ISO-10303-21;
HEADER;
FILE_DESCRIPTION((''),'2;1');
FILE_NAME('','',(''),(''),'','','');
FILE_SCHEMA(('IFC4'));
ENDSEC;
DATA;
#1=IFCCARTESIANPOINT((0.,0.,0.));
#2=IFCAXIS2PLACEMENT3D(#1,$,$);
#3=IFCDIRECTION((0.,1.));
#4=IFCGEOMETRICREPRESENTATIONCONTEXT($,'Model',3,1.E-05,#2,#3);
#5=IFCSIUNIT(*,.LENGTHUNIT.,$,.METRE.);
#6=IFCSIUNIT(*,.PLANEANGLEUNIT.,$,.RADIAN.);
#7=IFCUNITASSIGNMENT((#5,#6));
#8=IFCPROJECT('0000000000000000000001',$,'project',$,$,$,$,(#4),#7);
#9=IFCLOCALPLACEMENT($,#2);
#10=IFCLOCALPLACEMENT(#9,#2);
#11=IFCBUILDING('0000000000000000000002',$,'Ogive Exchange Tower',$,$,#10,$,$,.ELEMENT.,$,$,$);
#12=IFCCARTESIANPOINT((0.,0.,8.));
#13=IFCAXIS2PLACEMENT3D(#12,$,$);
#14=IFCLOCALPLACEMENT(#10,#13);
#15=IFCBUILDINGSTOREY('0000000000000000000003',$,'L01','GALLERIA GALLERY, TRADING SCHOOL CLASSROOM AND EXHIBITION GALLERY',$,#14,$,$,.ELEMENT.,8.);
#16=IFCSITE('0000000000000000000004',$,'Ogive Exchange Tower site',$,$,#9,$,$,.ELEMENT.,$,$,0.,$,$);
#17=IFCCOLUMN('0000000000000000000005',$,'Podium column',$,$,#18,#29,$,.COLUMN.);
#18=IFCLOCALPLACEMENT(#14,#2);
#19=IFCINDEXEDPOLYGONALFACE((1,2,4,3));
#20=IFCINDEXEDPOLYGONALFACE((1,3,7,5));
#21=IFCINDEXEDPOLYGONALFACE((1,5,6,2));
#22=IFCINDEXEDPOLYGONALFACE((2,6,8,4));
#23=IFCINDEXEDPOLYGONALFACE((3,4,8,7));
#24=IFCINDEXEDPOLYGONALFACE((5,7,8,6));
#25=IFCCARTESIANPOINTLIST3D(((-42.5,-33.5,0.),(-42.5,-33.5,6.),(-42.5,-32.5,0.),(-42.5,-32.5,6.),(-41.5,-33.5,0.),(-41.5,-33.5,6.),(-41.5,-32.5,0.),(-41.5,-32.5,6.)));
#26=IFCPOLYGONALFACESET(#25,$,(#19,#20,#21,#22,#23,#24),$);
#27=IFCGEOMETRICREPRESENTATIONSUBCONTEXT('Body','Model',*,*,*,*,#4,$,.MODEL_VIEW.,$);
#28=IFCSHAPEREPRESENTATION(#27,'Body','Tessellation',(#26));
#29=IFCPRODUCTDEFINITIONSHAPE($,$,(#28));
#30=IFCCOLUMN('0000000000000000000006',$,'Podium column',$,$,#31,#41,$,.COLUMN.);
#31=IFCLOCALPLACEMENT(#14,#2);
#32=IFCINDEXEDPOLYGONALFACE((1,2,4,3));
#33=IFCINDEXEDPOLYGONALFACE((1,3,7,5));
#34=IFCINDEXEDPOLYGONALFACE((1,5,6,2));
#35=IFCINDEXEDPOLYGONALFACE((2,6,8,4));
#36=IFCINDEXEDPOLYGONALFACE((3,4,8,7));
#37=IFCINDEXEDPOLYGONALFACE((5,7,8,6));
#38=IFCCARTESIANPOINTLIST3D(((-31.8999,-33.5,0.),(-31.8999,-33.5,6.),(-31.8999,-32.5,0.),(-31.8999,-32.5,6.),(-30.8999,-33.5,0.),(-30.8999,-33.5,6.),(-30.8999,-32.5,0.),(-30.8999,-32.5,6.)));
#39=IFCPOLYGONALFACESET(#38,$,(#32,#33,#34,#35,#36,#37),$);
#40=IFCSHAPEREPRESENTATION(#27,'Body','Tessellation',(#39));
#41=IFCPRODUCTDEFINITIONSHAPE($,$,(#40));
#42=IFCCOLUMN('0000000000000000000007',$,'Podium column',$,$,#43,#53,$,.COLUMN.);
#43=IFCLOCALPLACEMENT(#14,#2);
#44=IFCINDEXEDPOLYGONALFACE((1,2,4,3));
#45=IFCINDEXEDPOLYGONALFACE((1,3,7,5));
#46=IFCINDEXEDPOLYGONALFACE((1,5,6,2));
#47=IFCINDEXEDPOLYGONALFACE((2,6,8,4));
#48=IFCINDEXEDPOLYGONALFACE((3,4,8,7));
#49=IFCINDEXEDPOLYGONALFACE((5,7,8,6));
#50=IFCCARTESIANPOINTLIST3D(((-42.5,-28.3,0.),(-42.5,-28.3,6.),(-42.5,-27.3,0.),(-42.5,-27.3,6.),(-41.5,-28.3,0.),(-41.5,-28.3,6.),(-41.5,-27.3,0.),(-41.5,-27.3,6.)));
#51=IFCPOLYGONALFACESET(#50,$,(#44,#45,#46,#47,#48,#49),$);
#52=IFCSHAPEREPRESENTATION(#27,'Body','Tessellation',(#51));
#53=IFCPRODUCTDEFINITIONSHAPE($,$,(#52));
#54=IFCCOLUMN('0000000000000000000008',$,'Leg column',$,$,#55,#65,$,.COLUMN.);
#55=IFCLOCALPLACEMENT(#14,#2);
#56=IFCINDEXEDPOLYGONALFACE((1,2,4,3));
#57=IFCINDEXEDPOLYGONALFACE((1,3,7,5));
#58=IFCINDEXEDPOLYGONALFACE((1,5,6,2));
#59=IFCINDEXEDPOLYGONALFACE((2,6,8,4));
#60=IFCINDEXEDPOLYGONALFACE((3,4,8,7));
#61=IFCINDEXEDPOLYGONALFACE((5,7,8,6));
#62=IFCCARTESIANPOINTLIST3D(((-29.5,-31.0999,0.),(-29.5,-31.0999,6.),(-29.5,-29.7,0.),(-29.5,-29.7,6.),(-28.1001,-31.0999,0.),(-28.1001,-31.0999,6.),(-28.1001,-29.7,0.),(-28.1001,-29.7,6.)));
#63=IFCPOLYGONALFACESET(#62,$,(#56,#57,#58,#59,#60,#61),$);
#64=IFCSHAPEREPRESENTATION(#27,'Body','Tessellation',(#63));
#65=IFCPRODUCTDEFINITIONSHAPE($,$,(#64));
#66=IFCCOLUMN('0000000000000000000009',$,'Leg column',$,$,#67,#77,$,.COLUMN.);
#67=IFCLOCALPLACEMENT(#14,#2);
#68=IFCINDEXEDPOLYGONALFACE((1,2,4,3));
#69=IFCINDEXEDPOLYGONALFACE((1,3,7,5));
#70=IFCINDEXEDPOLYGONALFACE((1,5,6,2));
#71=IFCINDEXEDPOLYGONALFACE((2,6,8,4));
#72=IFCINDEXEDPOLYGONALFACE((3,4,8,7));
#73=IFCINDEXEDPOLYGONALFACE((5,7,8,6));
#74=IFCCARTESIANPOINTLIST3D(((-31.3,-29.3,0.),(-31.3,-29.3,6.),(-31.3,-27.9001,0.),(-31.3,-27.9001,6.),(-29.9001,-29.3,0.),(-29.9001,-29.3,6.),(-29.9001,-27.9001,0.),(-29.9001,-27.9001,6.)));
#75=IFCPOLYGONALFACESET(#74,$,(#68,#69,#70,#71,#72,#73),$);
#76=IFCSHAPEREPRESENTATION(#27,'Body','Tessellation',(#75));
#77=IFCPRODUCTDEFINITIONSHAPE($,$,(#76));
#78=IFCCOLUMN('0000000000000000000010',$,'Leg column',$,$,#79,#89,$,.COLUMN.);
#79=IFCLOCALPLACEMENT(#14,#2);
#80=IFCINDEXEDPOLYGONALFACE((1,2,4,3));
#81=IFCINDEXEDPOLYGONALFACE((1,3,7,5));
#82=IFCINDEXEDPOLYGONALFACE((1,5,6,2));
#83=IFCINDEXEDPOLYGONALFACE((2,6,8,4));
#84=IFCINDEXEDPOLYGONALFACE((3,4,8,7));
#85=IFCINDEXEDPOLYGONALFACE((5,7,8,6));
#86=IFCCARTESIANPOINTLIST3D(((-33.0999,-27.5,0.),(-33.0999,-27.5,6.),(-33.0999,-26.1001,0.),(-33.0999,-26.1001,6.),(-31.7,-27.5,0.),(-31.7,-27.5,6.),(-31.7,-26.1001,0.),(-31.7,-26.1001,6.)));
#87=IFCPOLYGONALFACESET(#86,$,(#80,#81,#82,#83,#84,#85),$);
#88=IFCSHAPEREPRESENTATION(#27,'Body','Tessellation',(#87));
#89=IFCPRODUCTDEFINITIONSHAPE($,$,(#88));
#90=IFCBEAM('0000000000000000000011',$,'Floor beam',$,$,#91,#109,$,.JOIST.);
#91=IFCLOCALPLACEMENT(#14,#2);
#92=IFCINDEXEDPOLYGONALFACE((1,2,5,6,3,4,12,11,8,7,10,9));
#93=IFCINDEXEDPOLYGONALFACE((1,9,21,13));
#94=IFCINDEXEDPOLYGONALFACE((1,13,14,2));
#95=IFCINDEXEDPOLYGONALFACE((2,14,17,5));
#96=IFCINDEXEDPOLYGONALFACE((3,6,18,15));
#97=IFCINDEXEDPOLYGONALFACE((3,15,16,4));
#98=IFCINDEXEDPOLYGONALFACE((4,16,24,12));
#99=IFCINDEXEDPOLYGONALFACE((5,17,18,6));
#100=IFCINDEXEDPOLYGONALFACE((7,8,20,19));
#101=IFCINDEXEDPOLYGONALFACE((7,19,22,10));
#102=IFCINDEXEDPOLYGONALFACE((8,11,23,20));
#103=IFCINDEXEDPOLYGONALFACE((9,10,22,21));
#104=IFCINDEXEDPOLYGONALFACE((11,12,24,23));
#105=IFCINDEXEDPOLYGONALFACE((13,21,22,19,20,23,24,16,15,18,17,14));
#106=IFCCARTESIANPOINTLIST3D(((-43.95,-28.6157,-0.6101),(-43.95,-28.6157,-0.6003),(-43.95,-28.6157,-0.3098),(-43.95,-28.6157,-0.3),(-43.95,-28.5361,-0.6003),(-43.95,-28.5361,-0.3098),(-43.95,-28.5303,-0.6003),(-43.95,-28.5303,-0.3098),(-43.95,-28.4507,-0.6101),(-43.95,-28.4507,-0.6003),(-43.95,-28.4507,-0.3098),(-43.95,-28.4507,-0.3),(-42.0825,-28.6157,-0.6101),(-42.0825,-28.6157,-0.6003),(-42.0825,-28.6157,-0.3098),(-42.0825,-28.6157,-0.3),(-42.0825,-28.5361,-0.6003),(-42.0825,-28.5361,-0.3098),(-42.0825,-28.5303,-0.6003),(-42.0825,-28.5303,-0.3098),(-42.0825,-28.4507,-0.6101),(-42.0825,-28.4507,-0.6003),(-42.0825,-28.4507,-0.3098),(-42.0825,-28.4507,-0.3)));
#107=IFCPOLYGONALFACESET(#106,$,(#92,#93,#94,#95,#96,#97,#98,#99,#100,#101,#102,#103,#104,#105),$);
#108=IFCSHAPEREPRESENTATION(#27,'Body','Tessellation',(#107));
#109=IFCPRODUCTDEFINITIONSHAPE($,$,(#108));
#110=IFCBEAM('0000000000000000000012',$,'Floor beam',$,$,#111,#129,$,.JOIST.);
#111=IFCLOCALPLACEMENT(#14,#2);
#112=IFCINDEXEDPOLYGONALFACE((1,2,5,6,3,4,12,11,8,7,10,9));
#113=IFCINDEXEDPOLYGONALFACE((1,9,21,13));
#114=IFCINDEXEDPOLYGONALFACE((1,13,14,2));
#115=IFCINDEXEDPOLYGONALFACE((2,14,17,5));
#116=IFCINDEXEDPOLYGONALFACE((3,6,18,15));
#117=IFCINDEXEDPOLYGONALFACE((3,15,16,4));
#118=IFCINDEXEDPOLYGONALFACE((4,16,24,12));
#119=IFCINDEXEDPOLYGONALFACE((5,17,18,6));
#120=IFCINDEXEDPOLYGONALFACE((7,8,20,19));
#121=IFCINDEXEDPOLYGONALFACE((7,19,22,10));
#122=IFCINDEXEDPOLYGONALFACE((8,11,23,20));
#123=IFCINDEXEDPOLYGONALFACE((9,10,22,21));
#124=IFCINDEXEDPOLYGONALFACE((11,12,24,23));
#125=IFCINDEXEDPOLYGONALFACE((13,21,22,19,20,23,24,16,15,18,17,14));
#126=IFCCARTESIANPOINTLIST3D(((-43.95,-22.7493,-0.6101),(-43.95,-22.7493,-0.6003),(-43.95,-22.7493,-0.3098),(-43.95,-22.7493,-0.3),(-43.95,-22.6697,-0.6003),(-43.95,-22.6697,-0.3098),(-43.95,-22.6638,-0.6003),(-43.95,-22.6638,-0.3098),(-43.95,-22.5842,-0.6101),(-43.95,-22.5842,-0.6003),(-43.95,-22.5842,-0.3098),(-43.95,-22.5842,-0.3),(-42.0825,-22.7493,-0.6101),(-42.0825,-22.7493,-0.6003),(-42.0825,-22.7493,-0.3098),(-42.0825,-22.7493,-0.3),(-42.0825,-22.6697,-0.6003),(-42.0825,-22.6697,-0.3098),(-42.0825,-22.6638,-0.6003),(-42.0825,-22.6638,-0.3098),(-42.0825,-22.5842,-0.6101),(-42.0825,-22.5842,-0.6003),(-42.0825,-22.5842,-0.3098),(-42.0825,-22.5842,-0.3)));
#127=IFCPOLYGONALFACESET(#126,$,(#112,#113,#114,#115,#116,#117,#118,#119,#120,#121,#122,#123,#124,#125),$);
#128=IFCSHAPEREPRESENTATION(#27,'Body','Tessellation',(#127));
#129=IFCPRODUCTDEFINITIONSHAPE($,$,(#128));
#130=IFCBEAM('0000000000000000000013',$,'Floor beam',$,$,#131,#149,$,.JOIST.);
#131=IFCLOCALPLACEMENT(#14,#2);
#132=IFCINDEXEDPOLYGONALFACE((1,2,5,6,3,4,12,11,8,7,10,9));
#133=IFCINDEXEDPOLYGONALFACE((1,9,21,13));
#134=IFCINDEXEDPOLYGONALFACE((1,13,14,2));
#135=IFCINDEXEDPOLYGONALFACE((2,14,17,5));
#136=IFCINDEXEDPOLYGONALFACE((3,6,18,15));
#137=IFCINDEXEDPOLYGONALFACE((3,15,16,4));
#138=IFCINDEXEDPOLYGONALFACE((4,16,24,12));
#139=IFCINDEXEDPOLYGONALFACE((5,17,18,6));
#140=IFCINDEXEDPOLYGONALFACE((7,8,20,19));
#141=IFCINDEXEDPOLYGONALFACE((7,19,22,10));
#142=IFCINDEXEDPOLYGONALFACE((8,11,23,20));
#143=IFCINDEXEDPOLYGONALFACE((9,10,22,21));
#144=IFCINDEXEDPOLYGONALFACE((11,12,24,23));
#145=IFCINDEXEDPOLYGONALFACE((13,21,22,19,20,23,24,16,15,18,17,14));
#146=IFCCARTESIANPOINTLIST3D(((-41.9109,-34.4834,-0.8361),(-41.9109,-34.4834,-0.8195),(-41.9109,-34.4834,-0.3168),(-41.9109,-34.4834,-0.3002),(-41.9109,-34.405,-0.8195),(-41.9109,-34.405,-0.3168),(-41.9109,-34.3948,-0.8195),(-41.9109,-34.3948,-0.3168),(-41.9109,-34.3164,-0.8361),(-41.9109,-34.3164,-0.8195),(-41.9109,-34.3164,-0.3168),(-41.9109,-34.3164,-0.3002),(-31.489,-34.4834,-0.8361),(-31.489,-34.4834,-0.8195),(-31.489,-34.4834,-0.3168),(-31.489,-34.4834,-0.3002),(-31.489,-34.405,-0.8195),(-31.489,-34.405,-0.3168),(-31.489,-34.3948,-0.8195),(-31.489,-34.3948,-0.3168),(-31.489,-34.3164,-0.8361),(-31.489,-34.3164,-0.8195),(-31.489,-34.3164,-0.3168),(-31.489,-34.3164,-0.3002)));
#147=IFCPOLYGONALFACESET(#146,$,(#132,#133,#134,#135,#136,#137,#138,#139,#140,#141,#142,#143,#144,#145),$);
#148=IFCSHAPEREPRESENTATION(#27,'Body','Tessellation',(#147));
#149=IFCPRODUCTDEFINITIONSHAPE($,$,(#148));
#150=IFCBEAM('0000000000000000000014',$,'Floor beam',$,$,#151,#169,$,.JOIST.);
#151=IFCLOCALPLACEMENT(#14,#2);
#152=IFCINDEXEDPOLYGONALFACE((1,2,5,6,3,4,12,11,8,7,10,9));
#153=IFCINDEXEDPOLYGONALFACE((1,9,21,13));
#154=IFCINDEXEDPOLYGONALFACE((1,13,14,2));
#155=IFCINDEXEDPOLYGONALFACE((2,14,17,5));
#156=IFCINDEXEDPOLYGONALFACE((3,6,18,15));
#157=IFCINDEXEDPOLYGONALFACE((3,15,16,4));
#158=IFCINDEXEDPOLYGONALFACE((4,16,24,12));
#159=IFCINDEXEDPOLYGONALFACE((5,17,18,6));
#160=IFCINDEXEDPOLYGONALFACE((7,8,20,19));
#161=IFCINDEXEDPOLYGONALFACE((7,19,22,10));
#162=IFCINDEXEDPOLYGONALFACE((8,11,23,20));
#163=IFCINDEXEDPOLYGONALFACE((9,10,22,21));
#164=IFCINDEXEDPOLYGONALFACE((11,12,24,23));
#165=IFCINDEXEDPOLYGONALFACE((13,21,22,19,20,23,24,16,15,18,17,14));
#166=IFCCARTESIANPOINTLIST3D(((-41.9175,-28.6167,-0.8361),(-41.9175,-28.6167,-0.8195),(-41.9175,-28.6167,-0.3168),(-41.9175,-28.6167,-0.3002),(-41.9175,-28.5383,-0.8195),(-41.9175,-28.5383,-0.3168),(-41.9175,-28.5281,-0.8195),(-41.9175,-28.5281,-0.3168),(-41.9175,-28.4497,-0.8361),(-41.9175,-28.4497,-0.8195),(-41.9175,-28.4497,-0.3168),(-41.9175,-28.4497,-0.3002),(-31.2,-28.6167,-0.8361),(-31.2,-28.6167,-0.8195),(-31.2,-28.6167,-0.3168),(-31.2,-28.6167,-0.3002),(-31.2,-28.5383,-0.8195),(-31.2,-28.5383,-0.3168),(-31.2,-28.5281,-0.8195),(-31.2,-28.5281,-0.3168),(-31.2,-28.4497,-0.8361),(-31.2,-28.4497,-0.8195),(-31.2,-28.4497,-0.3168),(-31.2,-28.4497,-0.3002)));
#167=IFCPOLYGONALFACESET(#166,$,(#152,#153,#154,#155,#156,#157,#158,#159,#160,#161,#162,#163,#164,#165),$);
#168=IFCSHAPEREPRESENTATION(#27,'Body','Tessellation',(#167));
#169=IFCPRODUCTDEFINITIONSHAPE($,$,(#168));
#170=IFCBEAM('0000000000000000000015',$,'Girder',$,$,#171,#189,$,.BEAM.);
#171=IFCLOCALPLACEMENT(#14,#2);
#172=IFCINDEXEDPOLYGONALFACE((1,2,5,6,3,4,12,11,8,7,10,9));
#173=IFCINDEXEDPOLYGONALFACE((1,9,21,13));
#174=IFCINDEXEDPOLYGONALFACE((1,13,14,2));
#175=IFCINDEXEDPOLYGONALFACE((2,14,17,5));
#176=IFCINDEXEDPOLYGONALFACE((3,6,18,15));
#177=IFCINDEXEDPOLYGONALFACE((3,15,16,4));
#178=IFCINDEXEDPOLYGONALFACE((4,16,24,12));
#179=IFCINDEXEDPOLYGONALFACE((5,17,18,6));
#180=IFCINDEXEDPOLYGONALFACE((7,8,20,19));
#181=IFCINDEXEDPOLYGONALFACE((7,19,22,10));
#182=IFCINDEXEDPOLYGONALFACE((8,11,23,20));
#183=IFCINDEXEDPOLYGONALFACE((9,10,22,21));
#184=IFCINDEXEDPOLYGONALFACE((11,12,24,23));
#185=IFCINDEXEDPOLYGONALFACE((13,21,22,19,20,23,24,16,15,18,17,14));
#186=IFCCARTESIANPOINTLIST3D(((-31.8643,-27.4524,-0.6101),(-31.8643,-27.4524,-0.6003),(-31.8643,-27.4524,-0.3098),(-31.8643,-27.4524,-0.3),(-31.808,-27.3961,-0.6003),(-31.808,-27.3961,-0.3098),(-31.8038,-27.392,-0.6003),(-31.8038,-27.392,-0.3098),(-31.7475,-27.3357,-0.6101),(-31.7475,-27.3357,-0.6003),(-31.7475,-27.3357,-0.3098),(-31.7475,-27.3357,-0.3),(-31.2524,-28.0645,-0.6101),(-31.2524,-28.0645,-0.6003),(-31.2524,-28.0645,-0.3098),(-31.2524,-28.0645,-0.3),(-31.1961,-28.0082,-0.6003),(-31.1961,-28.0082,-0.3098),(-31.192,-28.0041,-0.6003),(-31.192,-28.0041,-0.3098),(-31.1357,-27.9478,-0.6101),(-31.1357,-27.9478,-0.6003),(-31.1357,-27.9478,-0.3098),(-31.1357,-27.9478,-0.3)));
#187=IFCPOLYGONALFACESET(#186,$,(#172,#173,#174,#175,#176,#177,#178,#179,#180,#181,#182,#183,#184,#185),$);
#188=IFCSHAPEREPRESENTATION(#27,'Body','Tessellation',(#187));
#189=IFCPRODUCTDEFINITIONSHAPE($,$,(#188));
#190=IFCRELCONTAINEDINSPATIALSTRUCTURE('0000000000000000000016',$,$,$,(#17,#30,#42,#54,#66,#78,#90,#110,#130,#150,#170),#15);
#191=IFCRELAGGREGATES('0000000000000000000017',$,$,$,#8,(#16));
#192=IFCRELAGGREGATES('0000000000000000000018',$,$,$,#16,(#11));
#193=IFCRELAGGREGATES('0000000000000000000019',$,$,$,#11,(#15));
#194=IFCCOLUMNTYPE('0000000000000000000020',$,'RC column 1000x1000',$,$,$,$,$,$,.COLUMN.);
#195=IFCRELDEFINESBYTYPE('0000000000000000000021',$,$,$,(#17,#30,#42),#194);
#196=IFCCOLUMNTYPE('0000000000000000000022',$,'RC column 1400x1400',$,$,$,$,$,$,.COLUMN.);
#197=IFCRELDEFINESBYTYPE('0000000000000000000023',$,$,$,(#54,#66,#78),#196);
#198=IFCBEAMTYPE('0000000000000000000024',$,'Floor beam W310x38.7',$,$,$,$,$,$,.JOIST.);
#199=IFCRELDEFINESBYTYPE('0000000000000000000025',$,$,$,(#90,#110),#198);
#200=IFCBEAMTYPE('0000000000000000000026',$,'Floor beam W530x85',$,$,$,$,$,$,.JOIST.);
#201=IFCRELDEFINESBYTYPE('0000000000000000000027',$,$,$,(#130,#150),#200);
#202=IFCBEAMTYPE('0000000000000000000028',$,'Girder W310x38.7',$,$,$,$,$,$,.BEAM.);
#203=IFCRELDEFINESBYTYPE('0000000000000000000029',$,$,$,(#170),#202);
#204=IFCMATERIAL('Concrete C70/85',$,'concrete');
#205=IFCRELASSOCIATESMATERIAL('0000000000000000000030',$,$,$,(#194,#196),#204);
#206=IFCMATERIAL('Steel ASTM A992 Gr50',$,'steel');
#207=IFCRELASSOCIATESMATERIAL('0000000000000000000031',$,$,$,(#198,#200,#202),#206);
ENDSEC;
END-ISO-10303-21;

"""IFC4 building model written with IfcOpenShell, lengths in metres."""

from ifc_helpers import new_model, si_unit, direction, frame, origin, origin_2d, place, context, subcontext, project, spatial, rectangle, i_section, extrude, material, material_profile, profile_set, type_object, element, save


model = new_model("IFC4")

# Units and contexts
model_context = context("Model", 3, precision=1e-05, world=origin(), true_north=direction((0.0, 1.0)))
body_context = subcontext(model_context, "Body", "Model", "MODEL_VIEW")
ifc_project = project(units=[si_unit("LENGTHUNIT", "METRE"), si_unit("PLANEANGLEUNIT", "RADIAN")], contexts=[model_context])

# Site, building, storey
site_placement = place(None, origin())
site = spatial("IfcSite", under=ifc_project, at=site_placement, Name="Ogive Exchange Tower site", CompositionType="ELEMENT", RefElevation=0.0)
building_placement = place(site_placement, origin())
building = spatial("IfcBuilding", under=site, at=building_placement, Name="Ogive Exchange Tower", CompositionType="ELEMENT")
storey_placement = place(building_placement, frame((0.0, 0.0, 8.0)))
storey = spatial("IfcBuildingStorey", under=building, at=storey_placement, Name="L01", Description="GALLERIA GALLERY, TRADING SCHOOL CLASSROOM AND EXHIBITION GALLERY", CompositionType="ELEMENT", Elevation=8.0)

# Columns
ifc_material_1 = material(Name="Concrete C70/85", Category="concrete")
ifc_material_profile_1 = material_profile(ifc_material_1, rectangle(XDim=1.0, YDim=1.0, at=origin_2d()), Name="RC 1000x1000")
ifc_profile_set_1 = profile_set([ifc_material_profile_1], Name="Concrete C70/85")
column_type_1 = type_object("IfcColumnType", Name="RC column 1000x1000", PredefinedType="COLUMN", material=ifc_profile_set_1)
for number, where, z_axis, x_axis, name in (
    (1, (-42.0, -33.0, 0.0), (0.0, 0.0, 1.0), (1.0, 0.0, 0.0), "Podium column"),
    (2, (-31.3999, -33.0, 0.0), (0.0, 0.0, 1.0), (1.0, 0.0, 0.0), "Podium column"),
    (3, (-42.0, -27.8, 0.0), (0.0, 0.0, 1.0), (1.0, 0.0, 0.0), "Podium column"),
):
    element("IfcColumn", number, at=place(storey_placement, frame(where, z_axis=z_axis, x_axis=x_axis)), inside=storey, type_object=column_type_1, Name=name, PredefinedType="COLUMN", context=body_context, shape_type="SweptSolid", body=[
        extrude(rectangle(XDim=1.0, YDim=1.0, at=origin_2d()), origin(), (0.0, 0.0, 1.0), 6.0),
    ])
ifc_material_profile_2 = material_profile(ifc_material_1, rectangle(XDim=1.3999, YDim=1.3999, at=origin_2d()), Name="RC 1400x1400")
ifc_profile_set_2 = profile_set([ifc_material_profile_2], Name="Concrete C70/85")
column_type_2 = type_object("IfcColumnType", Name="RC column 1400x1400", PredefinedType="COLUMN", material=ifc_profile_set_2)
for number, where, z_axis, x_axis, name in (
    (4, (-28.8, -30.3999, 0.0), (0.0, 0.0, 1.0), (1.0, 0.0, 0.0), "Leg column"),
    (5, (-30.6001, -28.6001, 0.0), (0.0, 0.0, 1.0), (1.0, 0.0, 0.0), "Leg column"),
    (6, (-32.3999, -26.8, 0.0), (0.0, 0.0, 1.0), (1.0, 0.0, 0.0), "Leg column"),
):
    element("IfcColumn", number, at=place(storey_placement, frame(where, z_axis=z_axis, x_axis=x_axis)), inside=storey, type_object=column_type_2, Name=name, PredefinedType="COLUMN", context=body_context, shape_type="SweptSolid", body=[
        extrude(rectangle(XDim=1.3999, YDim=1.3999, at=origin_2d()), origin(), (0.0, 0.0, 1.0), 6.0),
    ])

# Beams
ifc_material_2 = material(Name="Steel ASTM A992 Gr50", Category="steel")
ifc_material_profile_3 = material_profile(ifc_material_2, i_section(OverallWidth=0.165, OverallDepth=0.3101, WebThickness=0.0059, FlangeThickness=0.0098, at=origin_2d()), Name="W310x38.7")
ifc_profile_set_3 = profile_set([ifc_material_profile_3], Name="Steel ASTM A992 Gr50")
beam_type_1 = type_object("IfcBeamType", Name="Floor beam W310x38.7", PredefinedType="JOIST", material=ifc_profile_set_3)
for number, where, z_axis, x_axis, name in (
    (7, (-43.95, -28.5332, -0.4551), (1.0, 0.0, 0.0), (0.0, 1.0, 0.0), "Floor beam"),
    (8, (-43.95, -22.6667, -0.4551), (1.0, 0.0, 0.0), (0.0, 1.0, 0.0), "Floor beam"),
):
    element("IfcBeam", number, at=place(storey_placement, frame(where, z_axis=z_axis, x_axis=x_axis)), inside=storey, type_object=beam_type_1, Name=name, PredefinedType="JOIST", context=body_context, shape_type="SweptSolid", body=[
        extrude(i_section(OverallWidth=0.165, OverallDepth=0.3101, WebThickness=0.0059, FlangeThickness=0.0098, at=origin_2d()), origin(), (0.0, 0.0, 1.0), 1.8674),
    ])
ifc_material_profile_4 = material_profile(ifc_material_2, i_section(OverallWidth=0.167, OverallDepth=0.5359, WebThickness=0.0103, FlangeThickness=0.0166, at=origin_2d()), Name="W530x85")
ifc_profile_set_4 = profile_set([ifc_material_profile_4], Name="Steel ASTM A992 Gr50")
beam_type_2 = type_object("IfcBeamType", Name="Floor beam W530x85", PredefinedType="JOIST", material=ifc_profile_set_4)
beam_1_placement = place(storey_placement, frame((-41.9109, -34.3999, -0.5681), z_axis=(1.0, 0.0, 0.0), x_axis=(0.0, 1.0, 0.0)))
element("IfcBeam", 9, at=beam_1_placement, inside=storey, type_object=beam_type_2, Name="Floor beam", PredefinedType="JOIST", context=body_context, shape_type="SweptSolid", body=[
    extrude(i_section(OverallWidth=0.167, OverallDepth=0.5359, WebThickness=0.0103, FlangeThickness=0.0166, at=origin_2d()), origin(), (0.0, 0.0, 1.0), 10.4219),
])
beam_2_placement = place(storey_placement, frame((-41.9175, -28.5332, -0.5681), z_axis=(1.0, 0.0, 0.0), x_axis=(0.0, 1.0, 0.0)))
element("IfcBeam", 10, at=beam_2_placement, inside=storey, type_object=beam_type_2, Name="Floor beam", PredefinedType="JOIST", context=body_context, shape_type="SweptSolid", body=[
    extrude(i_section(OverallWidth=0.167, OverallDepth=0.5359, WebThickness=0.0103, FlangeThickness=0.0166, at=origin_2d()), origin(), (0.0, 0.0, 1.0), 10.7175),
])
ifc_material_profile_5 = material_profile(ifc_material_2, i_section(OverallWidth=0.165, OverallDepth=0.3101, WebThickness=0.0059, FlangeThickness=0.0098, at=origin_2d()), Name="W310x38.7")
ifc_profile_set_5 = profile_set([ifc_material_profile_5], Name="Steel ASTM A992 Gr50")
beam_type_3 = type_object("IfcBeamType", Name="Girder W310x38.7", PredefinedType="BEAM", material=ifc_profile_set_5)
for number, where, z_axis, x_axis, name in (
    (11, (-31.8059, -27.394, -0.4551), (0.706966, -0.707248, 0.0), (0.707248, 0.706966, 0.0), "Girder"),
):
    element("IfcBeam", number, at=place(storey_placement, frame(where, z_axis=z_axis, x_axis=x_axis)), inside=storey, type_object=beam_type_3, Name=name, PredefinedType="BEAM", context=body_context, shape_type="SweptSolid", body=[
        extrude(i_section(OverallWidth=0.165, OverallDepth=0.3101, WebThickness=0.0059, FlangeThickness=0.0098, at=origin_2d()), origin(), (0.0, 0.0, 1.0), 0.8655),
    ])

save(model, "model.ifc")
